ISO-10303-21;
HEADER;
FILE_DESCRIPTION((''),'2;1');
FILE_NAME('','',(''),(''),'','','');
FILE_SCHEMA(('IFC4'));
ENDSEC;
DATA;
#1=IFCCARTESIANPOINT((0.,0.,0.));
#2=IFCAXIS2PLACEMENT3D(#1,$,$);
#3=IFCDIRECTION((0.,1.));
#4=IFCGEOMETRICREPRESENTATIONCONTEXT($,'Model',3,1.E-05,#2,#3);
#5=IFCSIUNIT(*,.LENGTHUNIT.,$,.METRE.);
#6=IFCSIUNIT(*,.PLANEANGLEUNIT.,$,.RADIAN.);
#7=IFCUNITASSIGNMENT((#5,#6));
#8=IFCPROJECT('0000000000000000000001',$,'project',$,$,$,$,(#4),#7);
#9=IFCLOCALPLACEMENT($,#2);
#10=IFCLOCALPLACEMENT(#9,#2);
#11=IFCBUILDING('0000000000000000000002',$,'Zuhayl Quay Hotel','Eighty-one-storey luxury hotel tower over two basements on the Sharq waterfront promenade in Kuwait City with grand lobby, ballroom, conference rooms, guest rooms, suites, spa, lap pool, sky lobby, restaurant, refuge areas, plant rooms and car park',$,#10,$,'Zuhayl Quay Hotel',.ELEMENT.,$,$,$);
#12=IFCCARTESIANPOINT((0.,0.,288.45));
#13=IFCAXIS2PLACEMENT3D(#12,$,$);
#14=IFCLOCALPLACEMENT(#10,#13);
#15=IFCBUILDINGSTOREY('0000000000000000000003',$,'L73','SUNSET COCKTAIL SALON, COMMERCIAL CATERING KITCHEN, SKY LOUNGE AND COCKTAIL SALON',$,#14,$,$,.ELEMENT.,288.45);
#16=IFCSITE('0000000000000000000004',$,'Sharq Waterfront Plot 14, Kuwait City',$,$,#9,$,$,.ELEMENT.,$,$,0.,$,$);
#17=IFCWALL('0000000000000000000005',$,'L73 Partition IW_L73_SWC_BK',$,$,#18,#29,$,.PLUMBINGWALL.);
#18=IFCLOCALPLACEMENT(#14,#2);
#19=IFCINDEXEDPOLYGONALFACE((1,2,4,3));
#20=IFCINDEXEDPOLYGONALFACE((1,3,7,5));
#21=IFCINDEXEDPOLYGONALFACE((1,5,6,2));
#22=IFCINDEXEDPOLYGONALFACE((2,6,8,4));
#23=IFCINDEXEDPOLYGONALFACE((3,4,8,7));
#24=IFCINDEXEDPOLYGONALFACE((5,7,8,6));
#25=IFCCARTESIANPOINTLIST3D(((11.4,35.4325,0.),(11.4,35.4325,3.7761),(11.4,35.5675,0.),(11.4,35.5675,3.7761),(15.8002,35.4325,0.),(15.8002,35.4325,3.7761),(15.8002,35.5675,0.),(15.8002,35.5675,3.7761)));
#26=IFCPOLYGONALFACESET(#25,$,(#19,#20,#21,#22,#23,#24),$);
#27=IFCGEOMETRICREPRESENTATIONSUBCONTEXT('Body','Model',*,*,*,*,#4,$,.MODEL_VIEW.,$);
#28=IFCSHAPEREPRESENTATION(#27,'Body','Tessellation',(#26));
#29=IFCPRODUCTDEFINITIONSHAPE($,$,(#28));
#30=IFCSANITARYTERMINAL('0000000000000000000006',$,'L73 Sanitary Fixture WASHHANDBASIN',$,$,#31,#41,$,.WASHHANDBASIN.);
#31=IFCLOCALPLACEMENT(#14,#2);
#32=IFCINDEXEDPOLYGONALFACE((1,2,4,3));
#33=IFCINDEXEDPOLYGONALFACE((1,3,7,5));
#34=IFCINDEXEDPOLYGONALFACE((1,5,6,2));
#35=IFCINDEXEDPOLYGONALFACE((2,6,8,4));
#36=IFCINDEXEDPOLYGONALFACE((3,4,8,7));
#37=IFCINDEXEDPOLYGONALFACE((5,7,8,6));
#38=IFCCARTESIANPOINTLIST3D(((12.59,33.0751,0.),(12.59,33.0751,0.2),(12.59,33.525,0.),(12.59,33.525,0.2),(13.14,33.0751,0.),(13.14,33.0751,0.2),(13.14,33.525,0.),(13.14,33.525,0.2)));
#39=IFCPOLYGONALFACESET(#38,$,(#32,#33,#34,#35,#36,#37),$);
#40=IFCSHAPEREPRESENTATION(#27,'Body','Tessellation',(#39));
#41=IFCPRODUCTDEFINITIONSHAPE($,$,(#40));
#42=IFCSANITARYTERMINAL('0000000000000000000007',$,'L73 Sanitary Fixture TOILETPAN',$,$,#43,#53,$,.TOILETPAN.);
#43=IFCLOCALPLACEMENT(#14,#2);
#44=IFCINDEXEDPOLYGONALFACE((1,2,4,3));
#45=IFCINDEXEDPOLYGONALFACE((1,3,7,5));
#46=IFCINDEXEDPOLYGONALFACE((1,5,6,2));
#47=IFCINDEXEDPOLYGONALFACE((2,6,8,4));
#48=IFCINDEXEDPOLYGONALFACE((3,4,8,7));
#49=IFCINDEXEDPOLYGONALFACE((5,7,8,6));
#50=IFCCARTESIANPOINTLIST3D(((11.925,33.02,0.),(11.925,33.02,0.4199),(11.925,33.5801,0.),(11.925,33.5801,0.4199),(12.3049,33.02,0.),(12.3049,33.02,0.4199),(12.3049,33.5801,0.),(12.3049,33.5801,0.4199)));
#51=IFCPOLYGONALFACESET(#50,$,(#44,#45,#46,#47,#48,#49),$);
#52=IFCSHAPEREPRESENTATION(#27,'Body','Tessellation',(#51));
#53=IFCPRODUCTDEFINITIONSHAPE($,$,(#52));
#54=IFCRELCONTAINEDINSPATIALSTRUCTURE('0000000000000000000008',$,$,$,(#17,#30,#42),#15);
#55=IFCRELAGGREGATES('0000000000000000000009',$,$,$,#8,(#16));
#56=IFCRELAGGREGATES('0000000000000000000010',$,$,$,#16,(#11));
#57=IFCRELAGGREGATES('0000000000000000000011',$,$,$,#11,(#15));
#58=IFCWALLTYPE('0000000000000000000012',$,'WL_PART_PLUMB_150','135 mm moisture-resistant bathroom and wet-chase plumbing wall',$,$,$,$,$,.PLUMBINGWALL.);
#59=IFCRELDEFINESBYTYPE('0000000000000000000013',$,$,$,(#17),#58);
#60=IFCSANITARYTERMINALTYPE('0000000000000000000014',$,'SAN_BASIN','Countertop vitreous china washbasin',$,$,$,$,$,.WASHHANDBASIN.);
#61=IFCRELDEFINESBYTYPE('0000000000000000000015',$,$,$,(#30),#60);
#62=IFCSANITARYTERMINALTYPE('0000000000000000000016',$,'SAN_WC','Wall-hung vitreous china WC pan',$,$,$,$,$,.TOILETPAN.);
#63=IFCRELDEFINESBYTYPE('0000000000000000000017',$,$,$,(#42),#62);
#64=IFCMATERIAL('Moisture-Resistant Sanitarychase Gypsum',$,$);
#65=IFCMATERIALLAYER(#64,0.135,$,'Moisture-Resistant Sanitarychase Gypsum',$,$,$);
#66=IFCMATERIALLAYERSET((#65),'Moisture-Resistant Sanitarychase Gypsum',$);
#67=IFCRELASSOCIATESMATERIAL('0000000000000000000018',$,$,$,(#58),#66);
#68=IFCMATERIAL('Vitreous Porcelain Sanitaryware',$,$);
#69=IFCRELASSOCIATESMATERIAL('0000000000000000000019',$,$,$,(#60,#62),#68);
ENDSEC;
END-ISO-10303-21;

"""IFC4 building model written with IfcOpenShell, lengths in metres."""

from ifc_helpers import new_model, si_unit, direction, frame, frame_2d, origin, origin_2d, place, context, subcontext, project, spatial, rectangle, extrude, material, layer, layer_set, type_object, element, save


model = new_model("IFC4")

# Units and contexts
model_context = context("Model", 3, precision=1e-05, world=origin(), true_north=direction((0.0, 1.0)))
body_context = subcontext(model_context, "Body", "Model", "MODEL_VIEW")
ifc_project = project(units=[si_unit("LENGTHUNIT", "METRE"), si_unit("PLANEANGLEUNIT", "RADIAN")], contexts=[model_context])

# Site, building, storey
site_placement = place(None, origin())
site = spatial("IfcSite", under=ifc_project, at=site_placement, Name="Sharq Waterfront Plot 14, Kuwait City", CompositionType="ELEMENT", RefElevation=0.0)
building_placement = place(site_placement, origin())
building = spatial("IfcBuilding", under=site, at=building_placement, Name="Zuhayl Quay Hotel", Description="Eighty-one-storey luxury hotel tower over two basements on the Sharq waterfront promenade in Kuwait City with grand lobby, ballroom, conference rooms, guest rooms, suites, spa, lap pool, sky lobby, restaurant, refuge areas, plant rooms and car park", LongName="Zuhayl Quay Hotel", CompositionType="ELEMENT")
storey_placement = place(building_placement, frame((0.0, 0.0, 288.45)))
storey = spatial("IfcBuildingStorey", under=building, at=storey_placement, Name="L73", Description="SUNSET COCKTAIL SALON, COMMERCIAL CATERING KITCHEN, SKY LOUNGE AND COCKTAIL SALON", CompositionType="ELEMENT", Elevation=288.45)

# Shared definitions
ifc_material_1 = material(Name="Moisture-Resistant Sanitarychase Gypsum")
ifc_layer_1 = layer(ifc_material_1, 0.135, Name="Moisture-Resistant Sanitarychase Gypsum")
ifc_layer_set_1 = layer_set([ifc_layer_1], Name="Moisture-Resistant Sanitarychase Gypsum")
wall_type_1 = type_object("IfcWallType", Name="WL_PART_PLUMB_150", Description="135 mm moisture-resistant bathroom and wet-chase plumbing wall", PredefinedType="PLUMBINGWALL", material=ifc_layer_set_1)

# Wall
wall_1_placement = place(storey_placement, frame((11.3999, 35.5, 0.0), z_axis=(0.0, 0.0, 1.0), x_axis=(1.0, 0.0, 0.0)))
element("IfcWall", 1, at=wall_1_placement, inside=storey, type_object=wall_type_1, Name="L73 Partition IW_L73_SWC_BK", PredefinedType="PLUMBINGWALL", context=body_context, shape_type="SweptSolid", body=[
    extrude(rectangle(XDim=4.4001, YDim=0.135, at=frame_2d((2.2002, 0.0))), origin(), (0.0, 0.0, 1.0), 3.7761),
])

# Sanitary terminals
ifc_material_2 = material(Name="Vitreous Porcelain Sanitaryware")
sanitary_terminal_type_1 = type_object("IfcSanitaryTerminalType", Name="SAN_BASIN", Description="Countertop vitreous china washbasin", PredefinedType="WASHHANDBASIN", material=ifc_material_2)
sanitary_terminal_1_placement = place(storey_placement, frame((12.865, 33.3, 0.0), z_axis=(0.0, 0.0, 1.0), x_axis=(1.0, 0.0, 0.0)))
element("IfcSanitaryTerminal", 2, at=sanitary_terminal_1_placement, inside=storey, type_object=sanitary_terminal_type_1, Name="L73 Sanitary Fixture WASHHANDBASIN", PredefinedType="WASHHANDBASIN", context=body_context, shape_type="SweptSolid", body=[
    extrude(rectangle(XDim=0.55, YDim=0.45, at=origin_2d()), origin(), (0.0, 0.0, 1.0), 0.2),
])
sanitary_terminal_type_2 = type_object("IfcSanitaryTerminalType", Name="SAN_WC", Description="Wall-hung vitreous china WC pan", PredefinedType="TOILETPAN", material=ifc_material_2)
sanitary_terminal_2_placement = place(storey_placement, frame((12.115, 33.3, 0.0), z_axis=(0.0, 0.0, 1.0), x_axis=(1.0, 0.0, 0.0)))
element("IfcSanitaryTerminal", 3, at=sanitary_terminal_2_placement, inside=storey, type_object=sanitary_terminal_type_2, Name="L73 Sanitary Fixture TOILETPAN", PredefinedType="TOILETPAN", context=body_context, shape_type="SweptSolid", body=[
    extrude(rectangle(XDim=0.3799, YDim=0.5601, at=origin_2d()), origin(), (0.0, 0.0, 1.0), 0.4199),
])

save(model, "model.ifc")
